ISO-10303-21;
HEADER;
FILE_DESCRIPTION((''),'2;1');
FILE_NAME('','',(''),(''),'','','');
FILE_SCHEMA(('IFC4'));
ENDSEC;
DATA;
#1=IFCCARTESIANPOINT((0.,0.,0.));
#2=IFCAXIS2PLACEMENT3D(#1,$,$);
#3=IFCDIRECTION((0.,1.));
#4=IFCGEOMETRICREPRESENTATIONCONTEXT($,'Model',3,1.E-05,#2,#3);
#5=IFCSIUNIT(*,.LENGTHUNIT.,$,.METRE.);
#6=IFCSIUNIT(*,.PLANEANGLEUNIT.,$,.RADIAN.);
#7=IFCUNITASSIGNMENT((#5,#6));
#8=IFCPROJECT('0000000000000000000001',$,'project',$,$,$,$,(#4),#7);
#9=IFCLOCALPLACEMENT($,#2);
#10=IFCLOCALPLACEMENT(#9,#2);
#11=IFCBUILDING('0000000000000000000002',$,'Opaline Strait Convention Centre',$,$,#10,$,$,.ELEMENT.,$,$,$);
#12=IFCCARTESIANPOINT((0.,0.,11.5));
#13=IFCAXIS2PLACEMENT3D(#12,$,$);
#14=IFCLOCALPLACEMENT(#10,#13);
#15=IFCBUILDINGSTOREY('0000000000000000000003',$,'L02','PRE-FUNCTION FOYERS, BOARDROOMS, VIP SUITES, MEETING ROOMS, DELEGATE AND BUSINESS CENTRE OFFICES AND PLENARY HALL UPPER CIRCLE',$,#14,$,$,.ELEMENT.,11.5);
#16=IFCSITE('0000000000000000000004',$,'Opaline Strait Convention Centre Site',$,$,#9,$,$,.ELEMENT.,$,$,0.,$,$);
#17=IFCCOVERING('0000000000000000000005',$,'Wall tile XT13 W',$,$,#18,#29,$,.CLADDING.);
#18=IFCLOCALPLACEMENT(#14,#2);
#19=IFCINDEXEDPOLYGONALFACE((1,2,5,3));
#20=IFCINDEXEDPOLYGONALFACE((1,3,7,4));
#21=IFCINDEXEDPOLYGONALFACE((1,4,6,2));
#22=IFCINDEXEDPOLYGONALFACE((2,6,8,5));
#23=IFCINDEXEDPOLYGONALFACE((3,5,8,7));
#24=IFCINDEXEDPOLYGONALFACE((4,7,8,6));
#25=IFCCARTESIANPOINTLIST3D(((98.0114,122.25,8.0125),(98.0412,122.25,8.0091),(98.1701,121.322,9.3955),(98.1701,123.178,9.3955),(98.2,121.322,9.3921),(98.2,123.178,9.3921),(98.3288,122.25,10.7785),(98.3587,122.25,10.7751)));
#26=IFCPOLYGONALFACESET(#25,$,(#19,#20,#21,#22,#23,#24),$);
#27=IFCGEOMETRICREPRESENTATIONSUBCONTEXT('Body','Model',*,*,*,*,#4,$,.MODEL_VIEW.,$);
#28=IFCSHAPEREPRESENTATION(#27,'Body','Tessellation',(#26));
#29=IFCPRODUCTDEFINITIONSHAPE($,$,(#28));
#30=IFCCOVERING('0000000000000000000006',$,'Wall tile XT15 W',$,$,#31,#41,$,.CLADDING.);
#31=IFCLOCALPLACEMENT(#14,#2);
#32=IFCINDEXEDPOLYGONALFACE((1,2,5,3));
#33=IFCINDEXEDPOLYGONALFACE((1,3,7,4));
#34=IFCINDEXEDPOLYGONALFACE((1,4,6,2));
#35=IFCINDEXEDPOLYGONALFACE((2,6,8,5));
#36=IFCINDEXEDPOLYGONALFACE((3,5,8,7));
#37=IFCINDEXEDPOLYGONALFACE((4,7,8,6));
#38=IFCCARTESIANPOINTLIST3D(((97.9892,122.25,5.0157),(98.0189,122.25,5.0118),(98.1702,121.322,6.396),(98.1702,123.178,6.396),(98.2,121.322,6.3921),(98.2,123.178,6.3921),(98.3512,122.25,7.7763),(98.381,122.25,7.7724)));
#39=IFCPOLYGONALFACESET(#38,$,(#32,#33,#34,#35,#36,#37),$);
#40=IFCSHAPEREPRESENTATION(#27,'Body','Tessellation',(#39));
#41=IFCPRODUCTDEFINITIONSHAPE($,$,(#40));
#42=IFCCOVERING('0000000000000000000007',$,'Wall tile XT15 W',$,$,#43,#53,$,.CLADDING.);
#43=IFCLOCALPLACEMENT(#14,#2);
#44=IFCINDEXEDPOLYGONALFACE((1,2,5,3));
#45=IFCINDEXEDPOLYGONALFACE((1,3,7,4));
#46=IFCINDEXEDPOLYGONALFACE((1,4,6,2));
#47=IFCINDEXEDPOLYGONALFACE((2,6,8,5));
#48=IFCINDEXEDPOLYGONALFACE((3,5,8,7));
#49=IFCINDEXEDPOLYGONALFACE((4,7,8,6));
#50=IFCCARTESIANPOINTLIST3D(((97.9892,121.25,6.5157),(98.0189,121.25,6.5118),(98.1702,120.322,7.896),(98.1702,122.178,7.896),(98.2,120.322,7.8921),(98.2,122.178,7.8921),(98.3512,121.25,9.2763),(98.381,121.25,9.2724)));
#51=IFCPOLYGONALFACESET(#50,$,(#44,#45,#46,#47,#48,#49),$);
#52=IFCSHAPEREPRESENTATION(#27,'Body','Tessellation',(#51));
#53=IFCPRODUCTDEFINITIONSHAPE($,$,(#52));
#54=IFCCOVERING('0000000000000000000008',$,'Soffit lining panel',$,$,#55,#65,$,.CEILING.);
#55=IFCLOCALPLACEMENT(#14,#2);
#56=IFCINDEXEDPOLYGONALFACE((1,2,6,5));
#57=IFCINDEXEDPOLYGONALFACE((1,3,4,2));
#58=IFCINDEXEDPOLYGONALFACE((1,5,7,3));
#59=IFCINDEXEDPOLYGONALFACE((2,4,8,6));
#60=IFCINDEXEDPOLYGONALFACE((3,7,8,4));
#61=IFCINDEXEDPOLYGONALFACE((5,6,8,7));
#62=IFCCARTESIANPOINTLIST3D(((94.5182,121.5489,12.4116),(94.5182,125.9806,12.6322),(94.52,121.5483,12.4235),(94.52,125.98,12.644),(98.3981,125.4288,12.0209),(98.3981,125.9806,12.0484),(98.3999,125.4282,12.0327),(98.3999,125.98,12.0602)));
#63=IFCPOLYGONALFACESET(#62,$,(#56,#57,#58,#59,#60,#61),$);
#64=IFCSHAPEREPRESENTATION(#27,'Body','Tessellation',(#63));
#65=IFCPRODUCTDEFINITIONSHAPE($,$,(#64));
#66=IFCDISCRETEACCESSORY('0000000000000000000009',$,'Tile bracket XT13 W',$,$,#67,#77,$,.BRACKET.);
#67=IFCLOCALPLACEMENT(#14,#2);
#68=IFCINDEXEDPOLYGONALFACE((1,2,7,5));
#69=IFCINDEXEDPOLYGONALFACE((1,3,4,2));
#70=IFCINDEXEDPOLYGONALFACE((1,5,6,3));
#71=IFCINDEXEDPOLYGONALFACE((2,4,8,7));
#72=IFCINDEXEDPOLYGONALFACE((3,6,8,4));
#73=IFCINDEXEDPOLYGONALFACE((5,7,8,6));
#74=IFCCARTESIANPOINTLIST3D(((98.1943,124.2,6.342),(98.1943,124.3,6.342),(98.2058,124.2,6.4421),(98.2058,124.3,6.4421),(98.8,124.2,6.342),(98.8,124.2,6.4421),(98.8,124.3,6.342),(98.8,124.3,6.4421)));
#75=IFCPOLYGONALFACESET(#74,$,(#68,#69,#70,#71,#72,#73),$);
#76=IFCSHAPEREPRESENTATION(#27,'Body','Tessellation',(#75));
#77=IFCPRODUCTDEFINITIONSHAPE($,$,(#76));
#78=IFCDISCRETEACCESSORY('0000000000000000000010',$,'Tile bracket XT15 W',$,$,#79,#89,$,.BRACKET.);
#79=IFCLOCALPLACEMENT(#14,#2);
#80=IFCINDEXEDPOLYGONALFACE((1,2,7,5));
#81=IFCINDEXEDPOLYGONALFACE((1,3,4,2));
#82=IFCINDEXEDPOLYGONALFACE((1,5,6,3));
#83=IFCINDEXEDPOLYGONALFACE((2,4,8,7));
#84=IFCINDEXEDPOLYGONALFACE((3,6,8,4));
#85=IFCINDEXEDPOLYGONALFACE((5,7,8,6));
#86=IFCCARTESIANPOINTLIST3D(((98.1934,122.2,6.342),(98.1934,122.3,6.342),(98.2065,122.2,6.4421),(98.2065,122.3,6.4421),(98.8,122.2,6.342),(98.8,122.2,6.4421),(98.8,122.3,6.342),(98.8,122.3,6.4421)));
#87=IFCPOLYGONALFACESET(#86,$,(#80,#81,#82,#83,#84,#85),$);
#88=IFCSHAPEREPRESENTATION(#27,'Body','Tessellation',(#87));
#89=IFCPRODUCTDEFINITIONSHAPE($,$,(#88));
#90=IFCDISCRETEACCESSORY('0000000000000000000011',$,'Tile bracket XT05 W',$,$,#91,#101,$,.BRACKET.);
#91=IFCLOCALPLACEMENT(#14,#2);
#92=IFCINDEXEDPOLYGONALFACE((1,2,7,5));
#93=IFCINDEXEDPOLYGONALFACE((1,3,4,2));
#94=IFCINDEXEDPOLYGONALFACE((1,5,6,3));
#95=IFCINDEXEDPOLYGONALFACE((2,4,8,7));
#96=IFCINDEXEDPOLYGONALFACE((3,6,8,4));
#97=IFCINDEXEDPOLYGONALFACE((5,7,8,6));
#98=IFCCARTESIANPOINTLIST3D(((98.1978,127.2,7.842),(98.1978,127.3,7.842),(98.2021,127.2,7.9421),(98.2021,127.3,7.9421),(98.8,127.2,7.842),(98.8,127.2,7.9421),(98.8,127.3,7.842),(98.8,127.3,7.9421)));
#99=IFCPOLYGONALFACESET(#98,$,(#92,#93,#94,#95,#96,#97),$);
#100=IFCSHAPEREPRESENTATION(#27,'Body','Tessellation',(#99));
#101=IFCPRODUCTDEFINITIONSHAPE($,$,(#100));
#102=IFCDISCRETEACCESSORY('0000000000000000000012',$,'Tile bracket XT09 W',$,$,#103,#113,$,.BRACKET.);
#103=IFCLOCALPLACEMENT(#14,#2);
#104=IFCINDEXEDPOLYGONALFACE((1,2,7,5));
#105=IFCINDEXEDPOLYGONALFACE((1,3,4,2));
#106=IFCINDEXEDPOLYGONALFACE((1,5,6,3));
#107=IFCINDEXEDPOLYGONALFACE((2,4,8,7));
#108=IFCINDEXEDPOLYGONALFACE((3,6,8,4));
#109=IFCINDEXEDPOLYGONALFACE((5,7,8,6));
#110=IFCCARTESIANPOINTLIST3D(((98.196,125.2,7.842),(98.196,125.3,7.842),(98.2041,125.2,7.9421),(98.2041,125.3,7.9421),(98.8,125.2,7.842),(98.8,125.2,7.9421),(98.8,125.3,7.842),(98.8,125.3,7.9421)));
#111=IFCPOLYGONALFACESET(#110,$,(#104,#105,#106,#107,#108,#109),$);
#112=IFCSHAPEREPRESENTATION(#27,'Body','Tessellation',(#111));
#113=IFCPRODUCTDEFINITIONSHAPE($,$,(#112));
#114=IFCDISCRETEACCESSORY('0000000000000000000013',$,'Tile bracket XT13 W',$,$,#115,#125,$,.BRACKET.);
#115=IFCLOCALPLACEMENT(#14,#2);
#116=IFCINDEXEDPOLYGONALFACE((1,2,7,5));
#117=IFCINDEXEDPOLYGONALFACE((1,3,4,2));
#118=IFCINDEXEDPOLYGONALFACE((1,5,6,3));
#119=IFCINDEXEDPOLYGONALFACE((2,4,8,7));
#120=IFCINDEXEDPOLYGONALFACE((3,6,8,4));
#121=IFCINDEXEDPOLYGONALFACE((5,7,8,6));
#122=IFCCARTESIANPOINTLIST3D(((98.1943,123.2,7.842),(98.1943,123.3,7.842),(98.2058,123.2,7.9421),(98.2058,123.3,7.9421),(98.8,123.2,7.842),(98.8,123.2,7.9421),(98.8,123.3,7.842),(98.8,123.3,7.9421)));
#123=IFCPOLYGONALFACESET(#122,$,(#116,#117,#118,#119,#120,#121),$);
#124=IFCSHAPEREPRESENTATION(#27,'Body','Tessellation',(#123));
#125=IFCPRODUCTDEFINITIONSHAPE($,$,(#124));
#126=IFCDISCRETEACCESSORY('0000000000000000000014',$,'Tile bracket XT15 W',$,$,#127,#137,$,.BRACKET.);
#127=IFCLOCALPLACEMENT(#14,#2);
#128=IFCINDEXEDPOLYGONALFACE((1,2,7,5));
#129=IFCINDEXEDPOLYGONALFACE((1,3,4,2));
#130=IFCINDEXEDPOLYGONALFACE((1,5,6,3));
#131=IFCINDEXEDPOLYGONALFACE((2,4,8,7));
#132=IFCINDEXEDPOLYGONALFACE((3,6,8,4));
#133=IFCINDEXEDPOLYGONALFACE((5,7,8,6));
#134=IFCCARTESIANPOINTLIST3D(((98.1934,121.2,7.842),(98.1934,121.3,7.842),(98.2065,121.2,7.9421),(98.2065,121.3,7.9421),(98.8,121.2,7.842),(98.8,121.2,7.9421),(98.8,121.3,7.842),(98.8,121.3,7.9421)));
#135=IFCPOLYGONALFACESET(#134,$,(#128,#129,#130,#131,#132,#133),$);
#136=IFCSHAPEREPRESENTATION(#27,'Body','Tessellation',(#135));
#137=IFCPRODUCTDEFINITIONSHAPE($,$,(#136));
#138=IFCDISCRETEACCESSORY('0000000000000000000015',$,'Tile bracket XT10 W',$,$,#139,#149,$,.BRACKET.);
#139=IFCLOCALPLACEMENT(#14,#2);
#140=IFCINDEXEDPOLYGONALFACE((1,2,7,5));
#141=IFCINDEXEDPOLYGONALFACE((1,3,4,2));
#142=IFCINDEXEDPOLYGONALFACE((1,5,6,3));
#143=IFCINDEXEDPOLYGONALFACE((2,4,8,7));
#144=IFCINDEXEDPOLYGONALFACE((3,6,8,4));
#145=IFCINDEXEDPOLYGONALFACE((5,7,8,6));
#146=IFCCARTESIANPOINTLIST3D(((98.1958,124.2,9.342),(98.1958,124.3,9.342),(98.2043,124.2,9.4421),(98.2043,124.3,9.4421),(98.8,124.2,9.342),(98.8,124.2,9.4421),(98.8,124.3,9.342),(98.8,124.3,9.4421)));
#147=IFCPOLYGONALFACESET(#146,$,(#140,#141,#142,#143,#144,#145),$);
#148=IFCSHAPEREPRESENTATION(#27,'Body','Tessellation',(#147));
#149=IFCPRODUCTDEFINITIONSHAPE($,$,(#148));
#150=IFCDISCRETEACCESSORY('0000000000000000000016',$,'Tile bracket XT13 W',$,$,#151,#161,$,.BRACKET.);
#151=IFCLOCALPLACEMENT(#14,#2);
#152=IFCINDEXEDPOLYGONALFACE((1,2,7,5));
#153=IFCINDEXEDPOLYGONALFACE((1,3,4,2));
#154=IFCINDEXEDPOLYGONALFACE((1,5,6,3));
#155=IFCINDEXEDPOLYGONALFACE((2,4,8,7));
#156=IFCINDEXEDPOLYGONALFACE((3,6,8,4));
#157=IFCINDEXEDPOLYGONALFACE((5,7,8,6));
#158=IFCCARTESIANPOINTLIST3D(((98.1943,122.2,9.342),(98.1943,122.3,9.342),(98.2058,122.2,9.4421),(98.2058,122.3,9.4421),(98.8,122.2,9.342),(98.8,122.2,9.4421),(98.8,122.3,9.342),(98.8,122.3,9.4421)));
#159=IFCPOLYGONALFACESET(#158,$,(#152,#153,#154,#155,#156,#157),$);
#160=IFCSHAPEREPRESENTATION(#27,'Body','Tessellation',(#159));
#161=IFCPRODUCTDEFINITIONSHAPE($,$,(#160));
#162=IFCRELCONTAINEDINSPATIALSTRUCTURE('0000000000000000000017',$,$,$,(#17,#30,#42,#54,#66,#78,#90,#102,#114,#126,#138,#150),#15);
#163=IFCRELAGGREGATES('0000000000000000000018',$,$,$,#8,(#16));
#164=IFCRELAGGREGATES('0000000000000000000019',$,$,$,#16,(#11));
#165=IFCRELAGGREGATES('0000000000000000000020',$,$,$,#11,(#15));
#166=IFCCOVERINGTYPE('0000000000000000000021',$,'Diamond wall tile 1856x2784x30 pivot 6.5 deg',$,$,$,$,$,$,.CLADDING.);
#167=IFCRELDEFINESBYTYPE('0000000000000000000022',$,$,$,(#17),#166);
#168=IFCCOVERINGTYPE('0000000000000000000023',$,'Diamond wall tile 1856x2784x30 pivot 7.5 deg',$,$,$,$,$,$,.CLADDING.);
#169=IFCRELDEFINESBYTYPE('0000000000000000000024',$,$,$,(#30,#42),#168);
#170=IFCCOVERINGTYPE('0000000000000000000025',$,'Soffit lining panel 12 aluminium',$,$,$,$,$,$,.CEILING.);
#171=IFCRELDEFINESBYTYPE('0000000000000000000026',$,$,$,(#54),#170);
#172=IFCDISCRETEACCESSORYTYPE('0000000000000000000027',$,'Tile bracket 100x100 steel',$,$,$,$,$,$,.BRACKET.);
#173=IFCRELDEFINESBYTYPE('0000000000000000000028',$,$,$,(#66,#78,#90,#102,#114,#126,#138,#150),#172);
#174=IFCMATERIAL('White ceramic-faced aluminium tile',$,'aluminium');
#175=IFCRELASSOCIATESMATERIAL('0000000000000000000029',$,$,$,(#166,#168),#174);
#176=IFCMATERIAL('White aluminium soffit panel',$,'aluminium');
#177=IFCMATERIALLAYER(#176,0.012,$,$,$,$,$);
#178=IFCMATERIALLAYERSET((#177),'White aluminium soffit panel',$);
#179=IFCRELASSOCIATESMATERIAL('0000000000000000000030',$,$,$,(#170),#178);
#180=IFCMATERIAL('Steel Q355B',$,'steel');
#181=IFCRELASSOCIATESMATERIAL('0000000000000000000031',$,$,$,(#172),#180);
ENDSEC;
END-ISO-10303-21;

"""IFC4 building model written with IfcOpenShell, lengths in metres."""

from ifc_helpers import new_model, si_unit, direction, frame, origin, place, context, subcontext, project, spatial, polyline, outline, extrude, material, layer, layer_set, material_profile, profile_set, type_object, element, save


model = new_model("IFC4")

# Units and contexts
model_context = context("Model", 3, precision=1e-05, world=origin(), true_north=direction((0.0, 1.0)))
body_context = subcontext(model_context, "Body", "Model", "MODEL_VIEW")
ifc_project = project(units=[si_unit("LENGTHUNIT", "METRE"), si_unit("PLANEANGLEUNIT", "RADIAN")], contexts=[model_context])

# Site, building, storey
site_placement = place(None, origin())
site = spatial("IfcSite", under=ifc_project, at=site_placement, Name="Opaline Strait Convention Centre Site", CompositionType="ELEMENT", RefElevation=0.0)
building_placement = place(site_placement, origin())
building = spatial("IfcBuilding", under=site, at=building_placement, Name="Opaline Strait Convention Centre", CompositionType="ELEMENT")
storey_placement = place(building_placement, frame((0.0, 0.0, 11.5)))
storey = spatial("IfcBuildingStorey", under=building, at=storey_placement, Name="L02", Description="PRE-FUNCTION FOYERS, BOARDROOMS, VIP SUITES, MEETING ROOMS, DELEGATE AND BUSINESS CENTRE OFFICES AND PLENARY HALL UPPER CIRCLE", CompositionType="ELEMENT", Elevation=11.5)

# Shared definitions
ifc_material_1 = material(Name="Steel Q355B", Category="steel")

# Coverings
ifc_material_2 = material(Name="White ceramic-faced aluminium tile", Category="aluminium")
ifc_material_profile_1 = material_profile(ifc_material_2, outline(polyline([(0.928, 0.0), (0.0, 1.3921), (-0.928, 0.0), (0.0, -1.3921), (0.928, 0.0)])), Name="Diamond tile 1856x2784")
ifc_profile_set_1 = profile_set([ifc_material_profile_1], Name="White ceramic-faced aluminium tile")
covering_type_1 = type_object("IfcCoveringType", Name="Diamond wall tile 1856x2784x30 pivot 6.5 deg", PredefinedType="CLADDING", material=ifc_profile_set_1)
for number, where, z_axis, x_axis, name in (
    (1, (98.2, 122.25, 9.3921), (-0.99348, 0.0, 0.114006), (0.0, -1.0, 0.0), "Wall tile XT13 W"),
):
    element("IfcCovering", number, at=place(storey_placement, frame(where, z_axis=z_axis, x_axis=x_axis)), inside=storey, type_object=covering_type_1, Name=name, PredefinedType="CLADDING", context=body_context, shape_type="SweptSolid", body=[
        extrude(outline(polyline([(0.928, 0.0), (0.0, 1.3921), (-0.928, 0.0), (0.0, -1.3921), (0.928, 0.0)])), origin(), (0.0, 0.0, 1.0), 0.03),
    ])
ifc_material_profile_2 = material_profile(ifc_material_2, outline(polyline([(0.928, 0.0), (0.0, 1.3921), (-0.928, 0.0), (0.0, -1.3921), (0.928, 0.0)])), Name="Diamond tile 1856x2784")
ifc_profile_set_2 = profile_set([ifc_material_profile_2], Name="White ceramic-faced aluminium tile")
covering_type_2 = type_object("IfcCoveringType", Name="Diamond wall tile 1856x2784x30 pivot 7.5 deg", PredefinedType="CLADDING", material=ifc_profile_set_2)
for number, where, z_axis, x_axis, name in (
    (2, (98.2, 122.25, 6.3921), (-0.99151, 0.0, 0.130034), (0.0, -1.0, 0.0), "Wall tile XT15 W"),
    (3, (98.2, 121.25, 7.8921), (-0.99151, 0.0, 0.130034), (0.0, -1.0, 0.0), "Wall tile XT15 W"),
):
    element("IfcCovering", number, at=place(storey_placement, frame(where, z_axis=z_axis, x_axis=x_axis)), inside=storey, type_object=covering_type_2, Name=name, PredefinedType="CLADDING", context=body_context, shape_type="SweptSolid", body=[
        extrude(outline(polyline([(0.928, 0.0), (0.0, 1.3921), (-0.928, 0.0), (0.0, -1.3921), (0.928, 0.0)])), origin(), (0.0, 0.0, 1.0), 0.03),
    ])
ifc_material_3 = material(Name="White aluminium soffit panel", Category="aluminium")
ifc_layer = layer(ifc_material_3, 0.012)
ifc_layer_set = layer_set([ifc_layer], Name="White aluminium soffit panel")
covering_type_3 = type_object("IfcCoveringType", Name="Soffit lining panel 12 aluminium", PredefinedType="CEILING", material=ifc_layer_set)
covering_1_placement = place(storey_placement, frame((98.3999, 125.4282, 12.0327), z_axis=(0.14863, -0.049161, 0.98767), x_axis=(-0.705323, -0.705318, 0.071034)))
element("IfcCovering", 4, at=covering_1_placement, inside=storey, type_object=covering_type_3, Name="Soffit lining panel", PredefinedType="CEILING", context=body_context, shape_type="SweptSolid", body=[
    extrude(outline(polyline([(0.0, 0.0), (5.5009, 0.0), (2.3908, -3.1647), (-0.3872, -0.394), (0.0, 0.0)])), origin(), (0.0, 0.0, -1.0), 0.012),
])

# Discrete accessories
discrete_accessory_type = type_object("IfcDiscreteAccessoryType", Name="Tile bracket 100x100 steel", PredefinedType="BRACKET", material=ifc_material_1)
discrete_accessory_1_placement = place(storey_placement, frame((98.8, 124.3, 6.3921), z_axis=(0.0, -1.0, 0.0), x_axis=(1.0, 0.0, 0.0)))
element("IfcDiscreteAccessory", 5, at=discrete_accessory_1_placement, inside=storey, type_object=discrete_accessory_type, Name="Tile bracket XT13 W", PredefinedType="BRACKET", context=body_context, shape_type="SweptSolid", body=[
    extrude(outline(polyline([(0.0, -0.05), (0.0, 0.05), (-0.5942, 0.05), (-0.6057, -0.05), (0.0, -0.05)])), origin(), (0.0, 0.0, 1.0), 0.1001),
])
discrete_accessory_2_placement = place(storey_placement, frame((98.8, 122.3, 6.3921), z_axis=(0.0, -1.0, 0.0), x_axis=(1.0, 0.0, 0.0)))
element("IfcDiscreteAccessory", 6, at=discrete_accessory_2_placement, inside=storey, type_object=discrete_accessory_type, Name="Tile bracket XT15 W", PredefinedType="BRACKET", context=body_context, shape_type="SweptSolid", body=[
    extrude(outline(polyline([(0.0, -0.05), (0.0, 0.05), (-0.5935, 0.05), (-0.6067, -0.05), (0.0, -0.05)])), origin(), (0.0, 0.0, 1.0), 0.1001),
])
discrete_accessory_3_placement = place(storey_placement, frame((98.8, 127.3, 7.8921), z_axis=(0.0, -1.0, 0.0), x_axis=(1.0, 0.0, 0.0)))
element("IfcDiscreteAccessory", 7, at=discrete_accessory_3_placement, inside=storey, type_object=discrete_accessory_type, Name="Tile bracket XT05 W", PredefinedType="BRACKET", context=body_context, shape_type="SweptSolid", body=[
    extrude(outline(polyline([(0.0, -0.05), (0.0, 0.05), (-0.5979, 0.05), (-0.6023, -0.05), (0.0, -0.05)])), origin(), (0.0, 0.0, 1.0), 0.1001),
])
discrete_accessory_4_placement = place(storey_placement, frame((98.8, 125.3, 7.8921), z_axis=(0.0, -1.0, 0.0), x_axis=(1.0, 0.0, 0.0)))
element("IfcDiscreteAccessory", 8, at=discrete_accessory_4_placement, inside=storey, type_object=discrete_accessory_type, Name="Tile bracket XT09 W", PredefinedType="BRACKET", context=body_context, shape_type="SweptSolid", body=[
    extrude(outline(polyline([(0.0, -0.05), (0.0, 0.05), (-0.5959, 0.05), (-0.604, -0.05), (0.0, -0.05)])), origin(), (0.0, 0.0, 1.0), 0.1001),
])
discrete_accessory_5_placement = place(storey_placement, frame((98.8, 123.3, 7.8921), z_axis=(0.0, -1.0, 0.0), x_axis=(1.0, 0.0, 0.0)))
element("IfcDiscreteAccessory", 9, at=discrete_accessory_5_placement, inside=storey, type_object=discrete_accessory_type, Name="Tile bracket XT13 W", PredefinedType="BRACKET", context=body_context, shape_type="SweptSolid", body=[
    extrude(outline(polyline([(0.0, -0.05), (0.0, 0.05), (-0.5942, 0.05), (-0.6057, -0.05), (0.0, -0.05)])), origin(), (0.0, 0.0, 1.0), 0.1001),
])
discrete_accessory_6_placement = place(storey_placement, frame((98.8, 121.3, 7.8921), z_axis=(0.0, -1.0, 0.0), x_axis=(1.0, 0.0, 0.0)))
element("IfcDiscreteAccessory", 10, at=discrete_accessory_6_placement, inside=storey, type_object=discrete_accessory_type, Name="Tile bracket XT15 W", PredefinedType="BRACKET", context=body_context, shape_type="SweptSolid", body=[
    extrude(outline(polyline([(0.0, -0.05), (0.0, 0.05), (-0.5935, 0.05), (-0.6067, -0.05), (0.0, -0.05)])), origin(), (0.0, 0.0, 1.0), 0.1001),
])
discrete_accessory_7_placement = place(storey_placement, frame((98.8, 124.3, 9.3921), z_axis=(0.0, -1.0, 0.0), x_axis=(1.0, 0.0, 0.0)))
element("IfcDiscreteAccessory", 11, at=discrete_accessory_7_placement, inside=storey, type_object=discrete_accessory_type, Name="Tile bracket XT10 W", PredefinedType="BRACKET", context=body_context, shape_type="SweptSolid", body=[
    extrude(outline(polyline([(0.0, -0.05), (0.0, 0.05), (-0.5957, 0.05), (-0.6042, -0.05), (0.0, -0.05)])), origin(), (0.0, 0.0, 1.0), 0.1001),
])
discrete_accessory_8_placement = place(storey_placement, frame((98.8, 122.3, 9.3921), z_axis=(0.0, -1.0, 0.0), x_axis=(1.0, 0.0, 0.0)))
element("IfcDiscreteAccessory", 12, at=discrete_accessory_8_placement, inside=storey, type_object=discrete_accessory_type, Name="Tile bracket XT13 W", PredefinedType="BRACKET", context=body_context, shape_type="SweptSolid", body=[
    extrude(outline(polyline([(0.0, -0.05), (0.0, 0.05), (-0.5942, 0.05), (-0.6057, -0.05), (0.0, -0.05)])), origin(), (0.0, 0.0, 1.0), 0.1001),
])

save(model, "model.ifc")
